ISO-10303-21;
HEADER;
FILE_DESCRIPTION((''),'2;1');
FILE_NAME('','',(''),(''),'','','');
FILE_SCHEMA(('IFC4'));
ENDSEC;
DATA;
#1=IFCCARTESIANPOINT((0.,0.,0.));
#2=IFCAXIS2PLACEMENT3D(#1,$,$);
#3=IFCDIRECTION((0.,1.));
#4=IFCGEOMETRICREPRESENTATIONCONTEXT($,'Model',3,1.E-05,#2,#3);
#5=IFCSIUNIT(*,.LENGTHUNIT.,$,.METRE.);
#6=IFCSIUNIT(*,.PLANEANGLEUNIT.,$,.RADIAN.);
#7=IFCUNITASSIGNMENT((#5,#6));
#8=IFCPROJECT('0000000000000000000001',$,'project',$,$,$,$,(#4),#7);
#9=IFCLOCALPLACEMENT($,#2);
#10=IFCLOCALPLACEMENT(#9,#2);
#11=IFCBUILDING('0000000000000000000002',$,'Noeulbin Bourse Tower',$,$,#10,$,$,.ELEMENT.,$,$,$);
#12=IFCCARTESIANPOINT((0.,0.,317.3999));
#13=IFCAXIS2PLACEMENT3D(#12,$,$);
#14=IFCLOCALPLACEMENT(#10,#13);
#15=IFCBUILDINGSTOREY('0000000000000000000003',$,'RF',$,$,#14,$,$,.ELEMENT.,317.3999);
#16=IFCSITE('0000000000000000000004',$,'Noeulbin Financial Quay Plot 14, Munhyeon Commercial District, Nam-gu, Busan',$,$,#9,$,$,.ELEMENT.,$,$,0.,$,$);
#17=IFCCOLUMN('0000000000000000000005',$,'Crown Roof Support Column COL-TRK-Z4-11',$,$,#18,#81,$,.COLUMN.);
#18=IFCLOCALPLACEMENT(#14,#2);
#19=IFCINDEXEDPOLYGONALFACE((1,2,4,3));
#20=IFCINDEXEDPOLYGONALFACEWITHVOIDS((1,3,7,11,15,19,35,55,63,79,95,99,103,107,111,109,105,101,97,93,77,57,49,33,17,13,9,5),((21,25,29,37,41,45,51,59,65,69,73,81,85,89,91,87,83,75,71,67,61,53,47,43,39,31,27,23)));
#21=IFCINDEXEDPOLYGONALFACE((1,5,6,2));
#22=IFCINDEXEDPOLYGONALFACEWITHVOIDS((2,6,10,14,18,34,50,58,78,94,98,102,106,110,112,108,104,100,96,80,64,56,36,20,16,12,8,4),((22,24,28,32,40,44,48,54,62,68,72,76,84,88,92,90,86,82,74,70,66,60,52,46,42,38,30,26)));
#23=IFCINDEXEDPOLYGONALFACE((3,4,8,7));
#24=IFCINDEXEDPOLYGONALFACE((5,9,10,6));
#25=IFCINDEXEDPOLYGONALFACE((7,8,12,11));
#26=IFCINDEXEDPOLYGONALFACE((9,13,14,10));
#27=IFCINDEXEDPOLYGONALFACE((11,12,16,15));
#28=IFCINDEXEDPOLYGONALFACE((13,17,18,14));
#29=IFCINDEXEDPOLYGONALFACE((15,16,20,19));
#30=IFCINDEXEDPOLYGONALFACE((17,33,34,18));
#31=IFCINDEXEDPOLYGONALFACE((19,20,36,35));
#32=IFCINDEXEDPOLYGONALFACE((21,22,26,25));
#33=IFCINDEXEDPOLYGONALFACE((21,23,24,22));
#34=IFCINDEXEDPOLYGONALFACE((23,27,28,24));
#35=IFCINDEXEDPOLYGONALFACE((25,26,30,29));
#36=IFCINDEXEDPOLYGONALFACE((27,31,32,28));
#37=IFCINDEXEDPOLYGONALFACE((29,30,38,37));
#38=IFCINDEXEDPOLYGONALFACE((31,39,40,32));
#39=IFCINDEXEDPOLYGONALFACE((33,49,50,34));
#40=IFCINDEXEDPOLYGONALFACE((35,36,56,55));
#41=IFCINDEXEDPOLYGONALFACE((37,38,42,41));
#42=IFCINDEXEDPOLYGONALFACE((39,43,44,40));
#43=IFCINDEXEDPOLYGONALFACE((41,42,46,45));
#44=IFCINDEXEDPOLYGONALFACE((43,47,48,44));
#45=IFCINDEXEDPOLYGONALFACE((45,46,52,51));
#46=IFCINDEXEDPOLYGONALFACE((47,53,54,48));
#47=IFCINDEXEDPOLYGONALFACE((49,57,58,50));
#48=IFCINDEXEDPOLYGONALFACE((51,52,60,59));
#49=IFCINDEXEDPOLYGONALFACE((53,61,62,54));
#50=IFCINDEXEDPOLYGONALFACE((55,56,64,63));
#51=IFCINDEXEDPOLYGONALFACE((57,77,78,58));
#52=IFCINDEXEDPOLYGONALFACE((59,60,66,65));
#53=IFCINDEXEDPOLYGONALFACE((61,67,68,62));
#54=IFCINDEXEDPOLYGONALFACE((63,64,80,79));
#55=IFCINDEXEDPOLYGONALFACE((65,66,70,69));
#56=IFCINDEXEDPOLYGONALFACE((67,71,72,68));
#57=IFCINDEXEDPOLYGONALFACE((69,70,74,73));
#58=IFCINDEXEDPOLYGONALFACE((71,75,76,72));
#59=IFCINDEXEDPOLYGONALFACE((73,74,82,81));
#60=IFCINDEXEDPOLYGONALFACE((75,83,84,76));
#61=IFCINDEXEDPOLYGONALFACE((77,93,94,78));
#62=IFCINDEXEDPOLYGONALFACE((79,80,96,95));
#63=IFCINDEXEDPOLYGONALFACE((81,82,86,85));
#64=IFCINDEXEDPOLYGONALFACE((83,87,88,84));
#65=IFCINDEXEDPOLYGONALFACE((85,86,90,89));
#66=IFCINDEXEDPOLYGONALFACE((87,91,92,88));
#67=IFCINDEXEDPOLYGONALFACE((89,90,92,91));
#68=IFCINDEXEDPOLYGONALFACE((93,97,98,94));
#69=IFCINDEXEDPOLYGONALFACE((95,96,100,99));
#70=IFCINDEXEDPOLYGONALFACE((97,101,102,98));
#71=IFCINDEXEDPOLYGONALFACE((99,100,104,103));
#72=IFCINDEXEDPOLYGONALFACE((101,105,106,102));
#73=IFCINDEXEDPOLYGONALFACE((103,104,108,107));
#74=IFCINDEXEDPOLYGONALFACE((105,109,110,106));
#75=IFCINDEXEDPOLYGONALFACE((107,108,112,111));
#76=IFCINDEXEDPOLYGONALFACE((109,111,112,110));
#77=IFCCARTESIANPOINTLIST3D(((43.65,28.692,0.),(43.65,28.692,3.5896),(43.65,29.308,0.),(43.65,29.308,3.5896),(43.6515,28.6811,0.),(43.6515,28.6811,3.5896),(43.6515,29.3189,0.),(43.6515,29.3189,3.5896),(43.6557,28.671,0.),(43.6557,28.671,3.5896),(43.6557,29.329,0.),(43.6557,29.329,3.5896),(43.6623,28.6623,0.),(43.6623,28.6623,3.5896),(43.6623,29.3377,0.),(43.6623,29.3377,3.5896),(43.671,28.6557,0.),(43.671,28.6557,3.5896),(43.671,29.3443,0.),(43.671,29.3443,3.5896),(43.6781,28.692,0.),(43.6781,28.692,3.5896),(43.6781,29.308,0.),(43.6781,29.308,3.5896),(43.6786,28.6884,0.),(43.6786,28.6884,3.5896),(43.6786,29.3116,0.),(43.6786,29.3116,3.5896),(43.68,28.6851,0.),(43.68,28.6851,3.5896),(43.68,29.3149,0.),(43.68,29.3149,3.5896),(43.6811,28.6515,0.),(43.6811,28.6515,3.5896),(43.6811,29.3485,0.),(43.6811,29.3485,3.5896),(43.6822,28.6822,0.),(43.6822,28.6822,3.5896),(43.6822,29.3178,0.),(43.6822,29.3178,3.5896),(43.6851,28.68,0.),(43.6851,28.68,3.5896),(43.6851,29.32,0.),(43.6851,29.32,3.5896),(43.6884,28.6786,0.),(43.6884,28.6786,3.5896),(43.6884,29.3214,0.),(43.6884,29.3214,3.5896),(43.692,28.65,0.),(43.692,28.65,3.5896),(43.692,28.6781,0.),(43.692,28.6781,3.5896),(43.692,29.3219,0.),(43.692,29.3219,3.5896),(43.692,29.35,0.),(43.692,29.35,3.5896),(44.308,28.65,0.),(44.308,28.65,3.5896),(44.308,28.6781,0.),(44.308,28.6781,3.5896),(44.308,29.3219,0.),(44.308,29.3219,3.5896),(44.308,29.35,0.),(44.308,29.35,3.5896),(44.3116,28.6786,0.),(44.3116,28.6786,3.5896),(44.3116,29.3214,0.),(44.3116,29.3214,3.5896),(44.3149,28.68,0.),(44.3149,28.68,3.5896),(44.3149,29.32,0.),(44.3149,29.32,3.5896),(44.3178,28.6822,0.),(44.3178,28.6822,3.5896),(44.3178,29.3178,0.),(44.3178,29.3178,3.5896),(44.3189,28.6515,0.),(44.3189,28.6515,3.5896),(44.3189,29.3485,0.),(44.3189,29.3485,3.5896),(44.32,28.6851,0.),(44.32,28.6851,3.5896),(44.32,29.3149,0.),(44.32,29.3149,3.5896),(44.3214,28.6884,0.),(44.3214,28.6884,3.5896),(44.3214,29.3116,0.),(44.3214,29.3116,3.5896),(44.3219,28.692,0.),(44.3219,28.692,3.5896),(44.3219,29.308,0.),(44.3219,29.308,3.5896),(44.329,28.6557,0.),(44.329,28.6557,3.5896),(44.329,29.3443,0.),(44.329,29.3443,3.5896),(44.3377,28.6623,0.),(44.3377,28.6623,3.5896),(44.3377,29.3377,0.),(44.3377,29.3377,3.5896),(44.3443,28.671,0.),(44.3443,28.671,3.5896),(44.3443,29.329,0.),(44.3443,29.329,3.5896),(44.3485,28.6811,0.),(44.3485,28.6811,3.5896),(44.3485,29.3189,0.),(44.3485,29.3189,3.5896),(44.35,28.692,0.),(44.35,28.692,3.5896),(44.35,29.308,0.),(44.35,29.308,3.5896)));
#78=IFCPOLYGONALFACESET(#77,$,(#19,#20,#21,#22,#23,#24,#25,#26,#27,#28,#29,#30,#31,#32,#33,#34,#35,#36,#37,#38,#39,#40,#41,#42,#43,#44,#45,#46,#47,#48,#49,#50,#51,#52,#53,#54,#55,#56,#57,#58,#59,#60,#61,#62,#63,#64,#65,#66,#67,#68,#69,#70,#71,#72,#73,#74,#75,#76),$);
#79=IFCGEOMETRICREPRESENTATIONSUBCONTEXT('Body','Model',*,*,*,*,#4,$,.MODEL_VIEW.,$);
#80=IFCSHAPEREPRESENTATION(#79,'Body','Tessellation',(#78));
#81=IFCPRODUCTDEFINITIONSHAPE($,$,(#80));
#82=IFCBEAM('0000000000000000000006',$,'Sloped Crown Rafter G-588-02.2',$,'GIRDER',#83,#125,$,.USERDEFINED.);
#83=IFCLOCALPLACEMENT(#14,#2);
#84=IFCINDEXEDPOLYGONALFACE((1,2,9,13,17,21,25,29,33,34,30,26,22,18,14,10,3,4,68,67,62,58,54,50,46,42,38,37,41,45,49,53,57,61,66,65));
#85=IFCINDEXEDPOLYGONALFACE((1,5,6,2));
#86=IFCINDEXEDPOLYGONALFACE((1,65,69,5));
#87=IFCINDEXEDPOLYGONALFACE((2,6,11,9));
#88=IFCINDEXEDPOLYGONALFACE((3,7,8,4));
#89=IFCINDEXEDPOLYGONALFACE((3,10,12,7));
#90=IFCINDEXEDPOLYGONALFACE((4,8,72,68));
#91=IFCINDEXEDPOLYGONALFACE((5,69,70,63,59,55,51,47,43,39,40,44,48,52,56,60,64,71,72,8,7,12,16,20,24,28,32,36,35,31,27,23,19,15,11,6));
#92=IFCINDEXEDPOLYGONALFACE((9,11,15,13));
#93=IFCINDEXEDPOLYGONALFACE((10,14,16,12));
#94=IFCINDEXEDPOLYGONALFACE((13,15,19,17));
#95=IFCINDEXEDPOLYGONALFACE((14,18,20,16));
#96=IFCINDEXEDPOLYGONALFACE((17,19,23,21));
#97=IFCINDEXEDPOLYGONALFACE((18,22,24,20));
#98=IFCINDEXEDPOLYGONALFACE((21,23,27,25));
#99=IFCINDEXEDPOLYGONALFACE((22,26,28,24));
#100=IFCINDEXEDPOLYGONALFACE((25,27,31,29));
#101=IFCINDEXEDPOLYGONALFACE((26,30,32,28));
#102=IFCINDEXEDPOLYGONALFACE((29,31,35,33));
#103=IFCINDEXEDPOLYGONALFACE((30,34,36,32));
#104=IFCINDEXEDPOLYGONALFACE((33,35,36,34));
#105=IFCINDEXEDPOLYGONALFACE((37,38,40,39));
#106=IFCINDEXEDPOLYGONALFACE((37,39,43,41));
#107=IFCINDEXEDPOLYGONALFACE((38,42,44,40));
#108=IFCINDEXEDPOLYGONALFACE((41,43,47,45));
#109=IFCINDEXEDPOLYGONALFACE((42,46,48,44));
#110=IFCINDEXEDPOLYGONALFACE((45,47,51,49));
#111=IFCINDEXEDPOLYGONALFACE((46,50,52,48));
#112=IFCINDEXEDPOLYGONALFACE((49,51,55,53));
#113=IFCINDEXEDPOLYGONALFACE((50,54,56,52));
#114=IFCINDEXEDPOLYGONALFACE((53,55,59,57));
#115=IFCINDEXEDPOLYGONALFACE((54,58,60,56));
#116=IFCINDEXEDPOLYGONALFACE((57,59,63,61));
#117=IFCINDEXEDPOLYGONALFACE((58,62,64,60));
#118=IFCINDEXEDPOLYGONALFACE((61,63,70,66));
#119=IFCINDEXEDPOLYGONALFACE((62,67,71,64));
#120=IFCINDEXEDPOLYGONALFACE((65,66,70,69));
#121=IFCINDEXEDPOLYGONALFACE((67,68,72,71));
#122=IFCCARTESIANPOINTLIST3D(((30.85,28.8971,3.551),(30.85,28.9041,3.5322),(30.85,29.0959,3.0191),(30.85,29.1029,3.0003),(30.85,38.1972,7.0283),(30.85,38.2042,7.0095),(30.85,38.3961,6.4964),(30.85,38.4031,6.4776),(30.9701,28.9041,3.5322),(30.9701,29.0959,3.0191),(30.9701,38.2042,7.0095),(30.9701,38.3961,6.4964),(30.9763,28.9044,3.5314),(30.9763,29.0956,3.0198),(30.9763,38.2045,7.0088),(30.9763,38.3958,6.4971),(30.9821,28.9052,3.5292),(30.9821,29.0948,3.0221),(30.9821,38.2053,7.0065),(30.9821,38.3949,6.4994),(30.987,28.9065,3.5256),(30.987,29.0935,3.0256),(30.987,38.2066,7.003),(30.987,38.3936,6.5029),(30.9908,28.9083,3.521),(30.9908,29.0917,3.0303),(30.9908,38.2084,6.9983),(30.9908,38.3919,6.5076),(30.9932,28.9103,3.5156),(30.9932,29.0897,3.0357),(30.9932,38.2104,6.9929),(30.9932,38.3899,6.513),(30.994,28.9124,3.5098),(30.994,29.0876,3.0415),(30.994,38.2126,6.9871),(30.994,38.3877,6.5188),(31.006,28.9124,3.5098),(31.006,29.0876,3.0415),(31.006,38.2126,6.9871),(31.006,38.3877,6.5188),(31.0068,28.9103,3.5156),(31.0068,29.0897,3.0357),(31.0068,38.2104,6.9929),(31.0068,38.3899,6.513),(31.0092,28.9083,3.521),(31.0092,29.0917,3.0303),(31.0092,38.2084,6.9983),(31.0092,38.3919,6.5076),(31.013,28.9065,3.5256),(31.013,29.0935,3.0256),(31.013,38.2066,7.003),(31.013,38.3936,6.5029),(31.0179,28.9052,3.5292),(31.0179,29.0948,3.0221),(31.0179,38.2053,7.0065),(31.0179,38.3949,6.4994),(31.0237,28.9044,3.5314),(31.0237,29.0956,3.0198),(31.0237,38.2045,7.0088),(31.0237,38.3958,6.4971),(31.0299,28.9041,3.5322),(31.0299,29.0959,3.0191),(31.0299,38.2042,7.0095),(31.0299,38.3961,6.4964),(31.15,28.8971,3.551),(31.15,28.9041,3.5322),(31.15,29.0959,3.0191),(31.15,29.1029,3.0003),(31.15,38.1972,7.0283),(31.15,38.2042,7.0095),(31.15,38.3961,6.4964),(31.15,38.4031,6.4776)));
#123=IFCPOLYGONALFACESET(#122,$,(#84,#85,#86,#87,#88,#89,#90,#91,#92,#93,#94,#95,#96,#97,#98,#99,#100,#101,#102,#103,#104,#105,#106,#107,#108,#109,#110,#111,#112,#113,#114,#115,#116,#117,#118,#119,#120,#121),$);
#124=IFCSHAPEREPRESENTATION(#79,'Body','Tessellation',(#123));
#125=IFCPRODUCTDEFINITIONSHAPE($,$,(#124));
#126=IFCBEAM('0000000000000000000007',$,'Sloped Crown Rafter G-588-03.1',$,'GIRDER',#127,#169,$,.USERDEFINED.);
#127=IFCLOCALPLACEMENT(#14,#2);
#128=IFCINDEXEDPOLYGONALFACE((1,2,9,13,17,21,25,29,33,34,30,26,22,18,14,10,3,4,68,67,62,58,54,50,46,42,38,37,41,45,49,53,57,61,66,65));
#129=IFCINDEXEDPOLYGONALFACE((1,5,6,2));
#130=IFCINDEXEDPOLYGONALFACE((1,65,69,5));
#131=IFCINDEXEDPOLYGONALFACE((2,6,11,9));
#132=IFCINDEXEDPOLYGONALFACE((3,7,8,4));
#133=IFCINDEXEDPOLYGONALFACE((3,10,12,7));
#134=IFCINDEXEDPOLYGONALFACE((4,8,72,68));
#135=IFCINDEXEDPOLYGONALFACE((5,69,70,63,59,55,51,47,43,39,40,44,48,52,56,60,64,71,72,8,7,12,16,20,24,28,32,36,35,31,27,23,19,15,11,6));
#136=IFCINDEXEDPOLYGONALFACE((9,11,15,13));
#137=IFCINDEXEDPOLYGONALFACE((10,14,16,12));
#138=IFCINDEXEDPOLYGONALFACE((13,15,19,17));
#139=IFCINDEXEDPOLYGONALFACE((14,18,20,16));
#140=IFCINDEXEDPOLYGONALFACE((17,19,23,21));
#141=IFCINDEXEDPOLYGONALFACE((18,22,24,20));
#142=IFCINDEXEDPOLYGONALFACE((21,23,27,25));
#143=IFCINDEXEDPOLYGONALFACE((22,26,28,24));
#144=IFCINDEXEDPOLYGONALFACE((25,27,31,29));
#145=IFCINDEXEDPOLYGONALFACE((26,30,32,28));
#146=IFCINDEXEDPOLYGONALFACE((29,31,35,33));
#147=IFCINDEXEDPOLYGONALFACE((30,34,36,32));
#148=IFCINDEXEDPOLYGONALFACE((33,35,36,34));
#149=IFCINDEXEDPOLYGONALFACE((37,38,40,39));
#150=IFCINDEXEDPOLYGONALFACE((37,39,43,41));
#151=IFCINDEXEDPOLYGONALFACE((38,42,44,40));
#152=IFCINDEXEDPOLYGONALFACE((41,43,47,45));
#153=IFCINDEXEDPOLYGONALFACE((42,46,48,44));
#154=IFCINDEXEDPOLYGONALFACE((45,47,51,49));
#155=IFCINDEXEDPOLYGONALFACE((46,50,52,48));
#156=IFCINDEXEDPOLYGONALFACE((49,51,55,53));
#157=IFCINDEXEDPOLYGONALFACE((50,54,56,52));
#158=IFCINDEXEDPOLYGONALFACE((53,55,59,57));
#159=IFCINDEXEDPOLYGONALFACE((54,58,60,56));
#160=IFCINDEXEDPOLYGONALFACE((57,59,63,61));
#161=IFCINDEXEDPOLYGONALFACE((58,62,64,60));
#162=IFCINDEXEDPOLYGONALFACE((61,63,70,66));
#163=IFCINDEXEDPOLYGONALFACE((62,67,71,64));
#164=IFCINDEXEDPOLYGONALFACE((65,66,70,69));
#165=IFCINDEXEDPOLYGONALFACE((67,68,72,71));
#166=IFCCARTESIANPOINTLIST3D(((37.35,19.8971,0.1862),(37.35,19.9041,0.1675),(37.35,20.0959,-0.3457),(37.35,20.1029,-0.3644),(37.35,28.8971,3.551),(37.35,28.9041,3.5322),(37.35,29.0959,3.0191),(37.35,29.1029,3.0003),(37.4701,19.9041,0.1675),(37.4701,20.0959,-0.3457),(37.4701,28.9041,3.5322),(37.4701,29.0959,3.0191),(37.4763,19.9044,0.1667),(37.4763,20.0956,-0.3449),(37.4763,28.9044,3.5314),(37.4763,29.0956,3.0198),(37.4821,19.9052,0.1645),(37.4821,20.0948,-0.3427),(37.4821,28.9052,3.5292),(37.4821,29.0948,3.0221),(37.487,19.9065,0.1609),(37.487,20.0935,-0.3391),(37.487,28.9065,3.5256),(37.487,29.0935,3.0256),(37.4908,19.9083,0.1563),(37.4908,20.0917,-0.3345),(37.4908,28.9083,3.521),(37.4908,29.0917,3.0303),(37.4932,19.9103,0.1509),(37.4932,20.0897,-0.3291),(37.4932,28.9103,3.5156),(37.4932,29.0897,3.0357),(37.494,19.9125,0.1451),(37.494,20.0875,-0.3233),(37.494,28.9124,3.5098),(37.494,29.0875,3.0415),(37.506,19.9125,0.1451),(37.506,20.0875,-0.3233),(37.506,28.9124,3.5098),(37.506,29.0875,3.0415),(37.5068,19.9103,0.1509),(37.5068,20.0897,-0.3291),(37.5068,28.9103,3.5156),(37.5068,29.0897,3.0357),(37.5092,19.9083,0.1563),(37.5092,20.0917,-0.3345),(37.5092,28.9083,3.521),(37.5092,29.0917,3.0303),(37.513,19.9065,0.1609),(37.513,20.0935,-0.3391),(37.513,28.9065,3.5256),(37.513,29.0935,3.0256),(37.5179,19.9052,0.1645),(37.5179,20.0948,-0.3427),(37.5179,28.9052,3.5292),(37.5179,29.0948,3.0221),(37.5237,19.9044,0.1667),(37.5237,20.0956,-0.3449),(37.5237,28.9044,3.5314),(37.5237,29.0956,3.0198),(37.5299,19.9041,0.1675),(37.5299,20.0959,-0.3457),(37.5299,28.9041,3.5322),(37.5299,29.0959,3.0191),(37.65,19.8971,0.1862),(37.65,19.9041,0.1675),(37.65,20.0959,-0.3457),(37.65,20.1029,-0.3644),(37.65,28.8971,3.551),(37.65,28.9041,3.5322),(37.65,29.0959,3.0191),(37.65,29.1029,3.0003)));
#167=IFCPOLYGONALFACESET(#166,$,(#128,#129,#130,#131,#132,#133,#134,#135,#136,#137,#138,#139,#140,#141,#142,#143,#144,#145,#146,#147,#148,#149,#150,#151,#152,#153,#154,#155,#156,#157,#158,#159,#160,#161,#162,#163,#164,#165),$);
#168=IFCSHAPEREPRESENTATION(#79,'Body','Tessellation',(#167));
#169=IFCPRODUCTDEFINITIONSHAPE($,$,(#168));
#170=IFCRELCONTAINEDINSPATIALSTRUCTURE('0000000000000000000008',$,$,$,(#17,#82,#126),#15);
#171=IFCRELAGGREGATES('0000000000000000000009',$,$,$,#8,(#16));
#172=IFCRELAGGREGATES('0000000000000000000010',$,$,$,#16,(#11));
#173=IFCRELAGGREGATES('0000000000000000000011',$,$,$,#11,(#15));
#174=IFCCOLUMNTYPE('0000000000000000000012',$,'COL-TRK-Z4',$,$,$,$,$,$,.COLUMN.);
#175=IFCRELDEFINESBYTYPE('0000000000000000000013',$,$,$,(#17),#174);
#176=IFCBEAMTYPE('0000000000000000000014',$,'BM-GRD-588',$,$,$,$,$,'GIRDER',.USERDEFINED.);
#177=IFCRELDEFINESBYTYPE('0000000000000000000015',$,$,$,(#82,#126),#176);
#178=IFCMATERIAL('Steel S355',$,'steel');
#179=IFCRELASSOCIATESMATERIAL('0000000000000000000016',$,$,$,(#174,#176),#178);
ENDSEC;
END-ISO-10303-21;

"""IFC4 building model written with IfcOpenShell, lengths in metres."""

from ifc_helpers import new_model, si_unit, direction, frame, origin, origin_2d, place, context, subcontext, project, spatial, hollow_rectangle, i_section, extrude, material, material_profile, profile_set, type_object, element, save


model = new_model("IFC4")

# Units and contexts
model_context = context("Model", 3, precision=1e-05, world=origin(), true_north=direction((0.0, 1.0)))
body_context = subcontext(model_context, "Body", "Model", "MODEL_VIEW")
ifc_project = project(units=[si_unit("LENGTHUNIT", "METRE"), si_unit("PLANEANGLEUNIT", "RADIAN")], contexts=[model_context])

# Site, building, storey
site_placement = place(None, origin())
site = spatial("IfcSite", under=ifc_project, at=site_placement, Name="Noeulbin Financial Quay Plot 14, Munhyeon Commercial District, Nam-gu, Busan", CompositionType="ELEMENT", RefElevation=0.0)
building_placement = place(site_placement, origin())
building = spatial("IfcBuilding", under=site, at=building_placement, Name="Noeulbin Bourse Tower", CompositionType="ELEMENT")
storey_placement = place(building_placement, frame((0.0, 0.0, 317.3999)))
storey = spatial("IfcBuildingStorey", under=building, at=storey_placement, Name="RF", CompositionType="ELEMENT", Elevation=317.3999)

# Column
ifc_material_1 = material(Name="Steel S355", Category="steel")
ifc_material_profile_1 = material_profile(ifc_material_1, hollow_rectangle(XDim=0.7, YDim=0.7, WallThickness=0.0281, InnerFilletRadius=0.0139, OuterFilletRadius=0.042, at=origin_2d()), Name="BOX-700x700x28", Category="LoadBearing")
ifc_profile_set_1 = profile_set([ifc_material_profile_1], Name="Steel S355")
column_type_1 = type_object("IfcColumnType", Name="COL-TRK-Z4", PredefinedType="COLUMN", material=ifc_profile_set_1)
for number, where, z_axis, x_axis, name in (
    (1, (44.0, 29.0, 0.0), (0.0, 0.0, 1.0), (1.0, 0.0, 0.0), "Crown Roof Support Column COL-TRK-Z4-11"),
):
    element("IfcColumn", number, at=place(storey_placement, frame(where, z_axis=z_axis, x_axis=x_axis)), inside=storey, type_object=column_type_1, Name=name, PredefinedType="COLUMN", context=body_context, shape_type="SweptSolid", body=[
        extrude(hollow_rectangle(XDim=0.7, YDim=0.7, WallThickness=0.0281, InnerFilletRadius=0.0139, OuterFilletRadius=0.042, at=origin_2d()), origin(), (0.0, 0.0, 1.0), 3.5896),
    ])

# Beams
ifc_material_profile_2 = material_profile(ifc_material_1, i_section(OverallWidth=0.3, OverallDepth=0.5879, WebThickness=0.012, FlangeThickness=0.02, FilletRadius=0.0239, at=origin_2d()), Name="H-588x300x12x20", Category="LoadBearing")
ifc_profile_set_2 = profile_set([ifc_material_profile_2], Name="Steel S355")
beam_type = type_object("IfcBeamType", Name="BM-GRD-588", ElementType="GIRDER", PredefinedType="USERDEFINED", material=ifc_profile_set_2)
beam_1_placement = place(storey_placement, frame((31.0, 29.0, 3.2756), z_axis=(0.0, 0.936667, 0.350221), x_axis=(-1.0, 0.0, 0.0)))
element("IfcBeam", 2, at=beam_1_placement, inside=storey, type_object=beam_type, Name="Sloped Crown Rafter G-588-02.2", ObjectType="GIRDER", PredefinedType="USERDEFINED", context=body_context, shape_type="SweptSolid", body=[
    extrude(i_section(OverallWidth=0.3, OverallDepth=0.5879, WebThickness=0.012, FlangeThickness=0.02, FilletRadius=0.0239, at=origin_2d()), origin(), (0.0, 0.0, 1.0), 9.929),
])
beam_2_placement = place(storey_placement, frame((37.5, 20.0, -0.0891), z_axis=(0.0, 0.93668, 0.350188), x_axis=(-1.0, 0.0, 0.0)))
element("IfcBeam", 3, at=beam_2_placement, inside=storey, type_object=beam_type, Name="Sloped Crown Rafter G-588-03.1", ObjectType="GIRDER", PredefinedType="USERDEFINED", context=body_context, shape_type="SweptSolid", body=[
    extrude(i_section(OverallWidth=0.3, OverallDepth=0.5879, WebThickness=0.012, FlangeThickness=0.02, FilletRadius=0.0239, at=origin_2d()), origin(), (0.0, 0.0, 1.0), 9.6084),
])

save(model, "model.ifc")
